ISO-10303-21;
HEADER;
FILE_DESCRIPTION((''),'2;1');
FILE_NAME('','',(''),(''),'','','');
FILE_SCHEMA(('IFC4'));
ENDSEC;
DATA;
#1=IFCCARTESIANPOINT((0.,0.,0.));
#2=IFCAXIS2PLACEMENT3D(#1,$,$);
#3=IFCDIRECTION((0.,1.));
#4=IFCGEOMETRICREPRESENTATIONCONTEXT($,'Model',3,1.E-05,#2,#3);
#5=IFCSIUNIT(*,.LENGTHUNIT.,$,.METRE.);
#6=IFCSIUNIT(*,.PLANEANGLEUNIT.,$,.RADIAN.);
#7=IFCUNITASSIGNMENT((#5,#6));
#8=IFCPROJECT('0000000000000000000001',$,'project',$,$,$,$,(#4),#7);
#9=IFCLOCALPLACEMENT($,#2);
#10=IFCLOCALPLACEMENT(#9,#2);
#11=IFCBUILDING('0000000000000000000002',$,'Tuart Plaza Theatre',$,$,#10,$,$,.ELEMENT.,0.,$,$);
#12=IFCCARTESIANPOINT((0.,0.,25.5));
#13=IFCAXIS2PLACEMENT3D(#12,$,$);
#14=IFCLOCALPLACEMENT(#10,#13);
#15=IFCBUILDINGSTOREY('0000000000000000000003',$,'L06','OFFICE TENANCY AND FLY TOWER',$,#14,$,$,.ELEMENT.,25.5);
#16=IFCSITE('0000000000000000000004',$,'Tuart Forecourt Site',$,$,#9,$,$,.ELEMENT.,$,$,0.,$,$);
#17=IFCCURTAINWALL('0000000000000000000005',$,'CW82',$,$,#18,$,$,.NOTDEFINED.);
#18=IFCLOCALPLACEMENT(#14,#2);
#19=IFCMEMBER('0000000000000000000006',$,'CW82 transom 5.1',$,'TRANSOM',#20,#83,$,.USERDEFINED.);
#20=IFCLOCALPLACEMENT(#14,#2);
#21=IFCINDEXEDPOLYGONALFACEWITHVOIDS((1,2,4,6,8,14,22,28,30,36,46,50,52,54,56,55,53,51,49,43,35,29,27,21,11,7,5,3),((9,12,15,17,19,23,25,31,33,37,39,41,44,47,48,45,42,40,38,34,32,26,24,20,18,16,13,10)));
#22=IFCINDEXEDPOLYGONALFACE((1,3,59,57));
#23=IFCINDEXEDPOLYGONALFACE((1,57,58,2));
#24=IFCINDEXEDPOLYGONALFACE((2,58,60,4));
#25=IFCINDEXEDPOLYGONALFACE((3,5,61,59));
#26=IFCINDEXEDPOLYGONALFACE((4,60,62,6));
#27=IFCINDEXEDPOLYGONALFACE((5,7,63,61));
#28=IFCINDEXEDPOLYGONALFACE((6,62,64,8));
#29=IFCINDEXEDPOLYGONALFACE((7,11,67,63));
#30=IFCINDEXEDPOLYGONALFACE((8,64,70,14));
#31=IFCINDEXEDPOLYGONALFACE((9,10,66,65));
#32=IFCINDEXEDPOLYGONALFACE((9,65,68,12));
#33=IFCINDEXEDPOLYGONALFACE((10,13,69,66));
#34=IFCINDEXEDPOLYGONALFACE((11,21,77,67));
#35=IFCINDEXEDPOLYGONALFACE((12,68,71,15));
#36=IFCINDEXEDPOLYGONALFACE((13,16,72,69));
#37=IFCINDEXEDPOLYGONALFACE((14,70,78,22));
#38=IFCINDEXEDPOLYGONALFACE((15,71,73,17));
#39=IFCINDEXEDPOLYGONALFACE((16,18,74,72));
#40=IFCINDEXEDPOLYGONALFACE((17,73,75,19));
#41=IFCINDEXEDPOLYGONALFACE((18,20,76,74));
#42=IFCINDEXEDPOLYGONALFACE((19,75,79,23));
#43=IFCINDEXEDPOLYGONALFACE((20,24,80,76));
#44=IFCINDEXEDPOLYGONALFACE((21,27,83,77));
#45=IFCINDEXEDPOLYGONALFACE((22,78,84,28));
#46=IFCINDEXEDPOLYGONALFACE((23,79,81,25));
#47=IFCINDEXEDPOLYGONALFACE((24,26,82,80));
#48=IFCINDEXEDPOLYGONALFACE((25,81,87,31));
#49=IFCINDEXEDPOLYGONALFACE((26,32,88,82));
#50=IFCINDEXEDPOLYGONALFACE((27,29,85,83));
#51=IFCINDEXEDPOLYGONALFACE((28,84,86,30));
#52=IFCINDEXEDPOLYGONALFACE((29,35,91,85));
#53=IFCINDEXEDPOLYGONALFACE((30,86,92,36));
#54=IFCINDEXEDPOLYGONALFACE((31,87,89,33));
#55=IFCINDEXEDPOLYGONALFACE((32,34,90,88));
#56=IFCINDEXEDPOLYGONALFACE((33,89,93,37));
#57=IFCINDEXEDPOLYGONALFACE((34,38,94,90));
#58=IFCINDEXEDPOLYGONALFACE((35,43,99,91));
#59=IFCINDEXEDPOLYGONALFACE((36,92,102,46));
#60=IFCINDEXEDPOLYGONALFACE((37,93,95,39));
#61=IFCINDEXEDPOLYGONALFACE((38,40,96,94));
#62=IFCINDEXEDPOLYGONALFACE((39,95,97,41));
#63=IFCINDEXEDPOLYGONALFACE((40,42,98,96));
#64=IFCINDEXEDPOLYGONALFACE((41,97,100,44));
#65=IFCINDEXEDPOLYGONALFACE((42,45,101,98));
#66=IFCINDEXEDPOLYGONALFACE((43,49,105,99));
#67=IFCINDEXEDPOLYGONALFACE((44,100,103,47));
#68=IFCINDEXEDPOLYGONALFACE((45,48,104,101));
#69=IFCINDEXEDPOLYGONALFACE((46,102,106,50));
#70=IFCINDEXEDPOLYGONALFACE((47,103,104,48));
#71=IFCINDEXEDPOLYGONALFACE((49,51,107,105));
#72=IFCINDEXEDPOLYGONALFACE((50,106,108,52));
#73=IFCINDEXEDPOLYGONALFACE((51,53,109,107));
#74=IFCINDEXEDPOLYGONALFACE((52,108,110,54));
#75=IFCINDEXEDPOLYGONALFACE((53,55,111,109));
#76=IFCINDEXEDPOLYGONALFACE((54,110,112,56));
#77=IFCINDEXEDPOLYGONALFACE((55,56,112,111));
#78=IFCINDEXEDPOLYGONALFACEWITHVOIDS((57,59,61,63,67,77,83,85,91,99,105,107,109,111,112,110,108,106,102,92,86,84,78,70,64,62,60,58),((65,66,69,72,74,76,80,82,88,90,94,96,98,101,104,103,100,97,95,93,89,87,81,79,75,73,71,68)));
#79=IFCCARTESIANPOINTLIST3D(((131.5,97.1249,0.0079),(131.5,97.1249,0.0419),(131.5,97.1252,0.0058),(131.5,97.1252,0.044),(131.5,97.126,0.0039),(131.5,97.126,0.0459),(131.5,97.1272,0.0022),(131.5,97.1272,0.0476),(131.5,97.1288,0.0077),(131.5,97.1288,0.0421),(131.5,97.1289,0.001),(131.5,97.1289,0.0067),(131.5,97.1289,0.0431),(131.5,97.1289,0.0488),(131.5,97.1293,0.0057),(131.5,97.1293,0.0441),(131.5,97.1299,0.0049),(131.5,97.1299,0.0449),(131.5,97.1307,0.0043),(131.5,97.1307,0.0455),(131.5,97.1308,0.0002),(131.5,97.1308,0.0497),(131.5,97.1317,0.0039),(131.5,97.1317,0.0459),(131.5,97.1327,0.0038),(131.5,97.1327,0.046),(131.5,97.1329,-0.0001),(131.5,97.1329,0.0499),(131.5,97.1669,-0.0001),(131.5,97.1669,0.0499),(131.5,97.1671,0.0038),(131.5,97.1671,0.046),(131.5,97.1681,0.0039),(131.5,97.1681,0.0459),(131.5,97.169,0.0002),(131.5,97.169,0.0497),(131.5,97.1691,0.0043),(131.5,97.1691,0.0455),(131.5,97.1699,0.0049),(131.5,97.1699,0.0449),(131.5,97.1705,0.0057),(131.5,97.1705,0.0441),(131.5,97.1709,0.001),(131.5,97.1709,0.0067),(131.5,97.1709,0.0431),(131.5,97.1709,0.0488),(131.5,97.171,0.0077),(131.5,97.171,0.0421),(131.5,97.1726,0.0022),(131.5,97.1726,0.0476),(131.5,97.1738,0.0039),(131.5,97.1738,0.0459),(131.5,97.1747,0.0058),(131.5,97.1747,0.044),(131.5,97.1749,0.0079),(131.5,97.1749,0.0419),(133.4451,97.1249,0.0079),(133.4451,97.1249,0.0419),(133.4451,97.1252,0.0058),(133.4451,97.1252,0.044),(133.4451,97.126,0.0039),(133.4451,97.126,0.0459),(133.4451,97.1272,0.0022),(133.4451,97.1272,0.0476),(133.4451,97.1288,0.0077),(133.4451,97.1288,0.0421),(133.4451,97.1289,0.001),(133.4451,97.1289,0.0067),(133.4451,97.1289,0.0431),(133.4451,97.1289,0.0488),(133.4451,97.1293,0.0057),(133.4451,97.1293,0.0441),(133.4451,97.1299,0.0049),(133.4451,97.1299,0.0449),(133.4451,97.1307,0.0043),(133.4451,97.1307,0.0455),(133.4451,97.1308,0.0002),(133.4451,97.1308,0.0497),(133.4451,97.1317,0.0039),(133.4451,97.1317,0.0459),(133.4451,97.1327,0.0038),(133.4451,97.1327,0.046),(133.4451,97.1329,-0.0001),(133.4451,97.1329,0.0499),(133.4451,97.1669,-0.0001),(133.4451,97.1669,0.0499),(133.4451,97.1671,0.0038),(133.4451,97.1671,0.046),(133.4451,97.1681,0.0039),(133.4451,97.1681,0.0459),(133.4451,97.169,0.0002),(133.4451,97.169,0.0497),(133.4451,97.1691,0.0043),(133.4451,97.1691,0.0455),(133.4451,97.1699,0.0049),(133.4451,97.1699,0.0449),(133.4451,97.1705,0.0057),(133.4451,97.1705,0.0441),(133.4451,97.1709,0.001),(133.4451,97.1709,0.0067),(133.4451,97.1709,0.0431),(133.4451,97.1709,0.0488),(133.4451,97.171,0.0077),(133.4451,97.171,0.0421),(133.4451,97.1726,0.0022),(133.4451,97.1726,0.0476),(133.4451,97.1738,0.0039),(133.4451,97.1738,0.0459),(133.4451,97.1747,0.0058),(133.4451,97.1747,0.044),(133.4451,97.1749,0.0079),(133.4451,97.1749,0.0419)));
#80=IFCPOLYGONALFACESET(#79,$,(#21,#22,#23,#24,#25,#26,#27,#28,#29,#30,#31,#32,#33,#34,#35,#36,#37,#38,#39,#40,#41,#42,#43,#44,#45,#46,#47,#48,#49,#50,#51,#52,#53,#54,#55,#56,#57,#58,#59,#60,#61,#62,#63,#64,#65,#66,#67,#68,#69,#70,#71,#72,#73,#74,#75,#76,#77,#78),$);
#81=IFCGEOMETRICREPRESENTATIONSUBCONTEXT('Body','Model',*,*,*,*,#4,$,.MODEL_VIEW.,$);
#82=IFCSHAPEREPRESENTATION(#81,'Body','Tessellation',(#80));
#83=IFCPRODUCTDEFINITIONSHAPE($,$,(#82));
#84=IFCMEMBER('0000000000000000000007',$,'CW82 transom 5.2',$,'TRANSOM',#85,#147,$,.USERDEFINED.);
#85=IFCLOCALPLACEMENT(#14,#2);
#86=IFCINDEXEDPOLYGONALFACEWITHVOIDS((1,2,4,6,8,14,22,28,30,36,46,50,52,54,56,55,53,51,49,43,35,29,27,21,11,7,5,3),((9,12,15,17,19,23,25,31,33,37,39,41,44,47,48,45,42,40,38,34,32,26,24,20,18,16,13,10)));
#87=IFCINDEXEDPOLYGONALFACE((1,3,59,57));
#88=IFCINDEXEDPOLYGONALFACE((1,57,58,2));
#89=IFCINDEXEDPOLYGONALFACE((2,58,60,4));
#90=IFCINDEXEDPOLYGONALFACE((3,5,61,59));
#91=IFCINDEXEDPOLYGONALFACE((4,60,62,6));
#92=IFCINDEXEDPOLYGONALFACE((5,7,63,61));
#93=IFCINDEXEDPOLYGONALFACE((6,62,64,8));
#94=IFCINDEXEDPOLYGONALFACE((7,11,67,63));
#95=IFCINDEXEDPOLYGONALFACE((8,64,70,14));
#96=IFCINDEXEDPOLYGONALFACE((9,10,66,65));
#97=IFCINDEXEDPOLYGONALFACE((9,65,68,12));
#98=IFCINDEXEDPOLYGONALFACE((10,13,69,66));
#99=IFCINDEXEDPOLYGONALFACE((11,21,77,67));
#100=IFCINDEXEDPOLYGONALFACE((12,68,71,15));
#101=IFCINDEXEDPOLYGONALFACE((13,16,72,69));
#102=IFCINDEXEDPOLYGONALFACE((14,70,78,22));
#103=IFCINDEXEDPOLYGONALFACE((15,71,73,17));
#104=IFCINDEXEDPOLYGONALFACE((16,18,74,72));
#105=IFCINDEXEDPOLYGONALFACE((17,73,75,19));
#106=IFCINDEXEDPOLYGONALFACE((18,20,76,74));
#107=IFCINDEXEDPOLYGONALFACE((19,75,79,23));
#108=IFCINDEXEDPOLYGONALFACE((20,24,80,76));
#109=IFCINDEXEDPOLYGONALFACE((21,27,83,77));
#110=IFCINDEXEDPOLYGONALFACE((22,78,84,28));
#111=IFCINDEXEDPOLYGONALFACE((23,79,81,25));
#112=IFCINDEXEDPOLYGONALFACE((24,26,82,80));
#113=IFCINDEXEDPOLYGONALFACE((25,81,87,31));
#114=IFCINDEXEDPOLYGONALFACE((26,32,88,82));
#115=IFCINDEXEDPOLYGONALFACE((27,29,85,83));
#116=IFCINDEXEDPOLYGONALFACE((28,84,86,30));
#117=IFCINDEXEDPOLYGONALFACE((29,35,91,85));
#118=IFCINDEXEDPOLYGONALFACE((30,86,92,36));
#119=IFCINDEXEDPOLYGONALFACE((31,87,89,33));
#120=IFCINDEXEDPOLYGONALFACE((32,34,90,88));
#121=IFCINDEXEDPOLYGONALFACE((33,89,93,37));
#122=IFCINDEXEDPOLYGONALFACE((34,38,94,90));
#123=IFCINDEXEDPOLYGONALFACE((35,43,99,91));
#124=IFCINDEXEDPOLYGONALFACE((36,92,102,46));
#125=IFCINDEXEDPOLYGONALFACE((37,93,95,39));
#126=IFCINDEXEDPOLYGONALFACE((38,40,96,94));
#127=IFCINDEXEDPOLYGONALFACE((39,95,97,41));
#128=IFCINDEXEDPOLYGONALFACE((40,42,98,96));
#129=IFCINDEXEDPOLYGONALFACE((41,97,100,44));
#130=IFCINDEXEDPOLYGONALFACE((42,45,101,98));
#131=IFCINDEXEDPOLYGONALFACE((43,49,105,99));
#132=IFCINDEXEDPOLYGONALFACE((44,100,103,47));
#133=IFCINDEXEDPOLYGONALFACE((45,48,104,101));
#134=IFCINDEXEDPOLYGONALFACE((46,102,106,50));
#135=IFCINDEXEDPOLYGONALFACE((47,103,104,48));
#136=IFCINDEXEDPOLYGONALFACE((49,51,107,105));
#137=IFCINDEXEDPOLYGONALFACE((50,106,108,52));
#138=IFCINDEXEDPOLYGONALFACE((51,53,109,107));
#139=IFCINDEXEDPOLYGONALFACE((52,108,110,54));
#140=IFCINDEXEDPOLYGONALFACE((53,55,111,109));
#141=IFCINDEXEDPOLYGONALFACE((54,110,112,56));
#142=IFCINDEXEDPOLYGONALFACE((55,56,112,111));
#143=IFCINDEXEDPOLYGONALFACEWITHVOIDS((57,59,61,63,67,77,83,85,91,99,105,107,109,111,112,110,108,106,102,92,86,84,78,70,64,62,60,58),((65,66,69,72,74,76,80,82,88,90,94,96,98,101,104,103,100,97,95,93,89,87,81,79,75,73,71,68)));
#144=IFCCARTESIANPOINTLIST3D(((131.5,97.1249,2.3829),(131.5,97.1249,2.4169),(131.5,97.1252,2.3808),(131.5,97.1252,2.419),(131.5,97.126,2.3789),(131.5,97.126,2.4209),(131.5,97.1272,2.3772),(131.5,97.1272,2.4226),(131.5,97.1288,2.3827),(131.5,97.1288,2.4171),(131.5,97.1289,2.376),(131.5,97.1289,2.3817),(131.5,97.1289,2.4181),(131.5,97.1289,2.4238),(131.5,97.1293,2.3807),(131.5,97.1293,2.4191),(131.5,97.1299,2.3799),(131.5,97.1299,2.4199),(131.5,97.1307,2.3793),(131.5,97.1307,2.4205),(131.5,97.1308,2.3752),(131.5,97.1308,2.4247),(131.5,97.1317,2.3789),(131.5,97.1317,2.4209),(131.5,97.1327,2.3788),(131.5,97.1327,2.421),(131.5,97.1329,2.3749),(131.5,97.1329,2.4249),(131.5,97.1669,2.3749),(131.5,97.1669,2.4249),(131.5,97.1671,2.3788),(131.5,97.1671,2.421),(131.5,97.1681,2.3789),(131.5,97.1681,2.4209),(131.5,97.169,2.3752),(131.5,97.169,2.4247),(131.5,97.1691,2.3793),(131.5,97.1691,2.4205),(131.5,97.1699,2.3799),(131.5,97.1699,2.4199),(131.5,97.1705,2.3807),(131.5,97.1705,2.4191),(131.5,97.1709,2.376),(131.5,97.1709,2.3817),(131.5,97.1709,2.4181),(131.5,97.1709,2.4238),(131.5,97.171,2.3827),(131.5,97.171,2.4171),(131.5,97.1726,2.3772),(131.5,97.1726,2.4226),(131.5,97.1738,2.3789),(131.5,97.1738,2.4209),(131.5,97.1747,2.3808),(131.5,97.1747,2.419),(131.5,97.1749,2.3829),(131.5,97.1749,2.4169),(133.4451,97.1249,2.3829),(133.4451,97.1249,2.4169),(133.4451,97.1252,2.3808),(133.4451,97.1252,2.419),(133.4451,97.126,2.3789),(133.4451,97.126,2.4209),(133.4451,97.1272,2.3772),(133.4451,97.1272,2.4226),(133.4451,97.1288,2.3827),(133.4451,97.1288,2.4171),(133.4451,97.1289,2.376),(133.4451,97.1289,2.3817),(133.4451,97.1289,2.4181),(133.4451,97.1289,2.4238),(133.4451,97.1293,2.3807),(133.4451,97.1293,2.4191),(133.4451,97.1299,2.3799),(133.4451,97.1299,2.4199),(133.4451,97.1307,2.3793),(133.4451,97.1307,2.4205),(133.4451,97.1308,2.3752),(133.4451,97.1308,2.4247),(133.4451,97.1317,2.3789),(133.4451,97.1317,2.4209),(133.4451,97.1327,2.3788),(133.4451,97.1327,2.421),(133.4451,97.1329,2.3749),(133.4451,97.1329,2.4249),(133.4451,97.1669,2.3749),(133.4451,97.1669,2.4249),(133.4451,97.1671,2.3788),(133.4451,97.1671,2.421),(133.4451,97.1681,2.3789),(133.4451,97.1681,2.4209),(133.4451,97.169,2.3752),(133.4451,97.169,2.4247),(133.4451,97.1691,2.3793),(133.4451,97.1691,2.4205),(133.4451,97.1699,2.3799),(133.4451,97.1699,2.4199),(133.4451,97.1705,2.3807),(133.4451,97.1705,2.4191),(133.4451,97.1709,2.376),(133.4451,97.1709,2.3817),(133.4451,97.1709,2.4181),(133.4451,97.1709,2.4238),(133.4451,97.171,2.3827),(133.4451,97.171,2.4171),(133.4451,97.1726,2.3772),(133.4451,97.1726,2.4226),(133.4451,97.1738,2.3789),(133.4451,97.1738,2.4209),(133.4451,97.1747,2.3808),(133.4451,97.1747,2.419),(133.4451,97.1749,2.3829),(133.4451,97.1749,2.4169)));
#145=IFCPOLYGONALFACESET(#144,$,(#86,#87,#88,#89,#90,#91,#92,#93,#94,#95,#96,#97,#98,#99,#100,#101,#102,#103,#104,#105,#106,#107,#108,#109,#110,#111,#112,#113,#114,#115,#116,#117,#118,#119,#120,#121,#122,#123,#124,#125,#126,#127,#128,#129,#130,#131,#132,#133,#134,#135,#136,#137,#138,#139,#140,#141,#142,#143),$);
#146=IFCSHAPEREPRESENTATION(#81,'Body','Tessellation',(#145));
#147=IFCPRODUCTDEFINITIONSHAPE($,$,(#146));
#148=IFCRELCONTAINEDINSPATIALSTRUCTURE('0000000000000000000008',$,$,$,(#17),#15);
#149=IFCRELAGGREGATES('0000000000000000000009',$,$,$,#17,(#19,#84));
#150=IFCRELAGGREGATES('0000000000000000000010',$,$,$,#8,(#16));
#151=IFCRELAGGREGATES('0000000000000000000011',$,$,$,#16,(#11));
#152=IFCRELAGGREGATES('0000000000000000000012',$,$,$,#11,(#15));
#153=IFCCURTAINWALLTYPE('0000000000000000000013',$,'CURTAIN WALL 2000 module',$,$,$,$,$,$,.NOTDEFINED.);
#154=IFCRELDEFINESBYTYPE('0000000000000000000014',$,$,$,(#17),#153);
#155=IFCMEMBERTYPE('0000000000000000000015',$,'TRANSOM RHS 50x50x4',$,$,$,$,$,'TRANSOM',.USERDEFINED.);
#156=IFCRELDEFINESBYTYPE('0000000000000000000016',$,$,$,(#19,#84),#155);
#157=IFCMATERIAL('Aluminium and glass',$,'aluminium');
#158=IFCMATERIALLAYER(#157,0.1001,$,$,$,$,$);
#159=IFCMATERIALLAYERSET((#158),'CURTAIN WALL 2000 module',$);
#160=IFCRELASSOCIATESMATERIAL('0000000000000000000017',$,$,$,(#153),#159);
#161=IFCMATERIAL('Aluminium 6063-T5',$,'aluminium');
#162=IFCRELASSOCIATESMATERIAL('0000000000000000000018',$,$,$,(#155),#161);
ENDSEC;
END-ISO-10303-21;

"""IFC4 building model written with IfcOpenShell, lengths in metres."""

from ifc_helpers import new_model, si_unit, direction, frame, origin, origin_2d, place, context, subcontext, project, spatial, hollow_rectangle, extrude, material, layer, layer_set, material_profile, profile_set, type_object, element, aggregate, save


model = new_model("IFC4")

# Units and contexts
model_context = context("Model", 3, precision=1e-05, world=origin(), true_north=direction((0.0, 1.0)))
body_context = subcontext(model_context, "Body", "Model", "MODEL_VIEW")
ifc_project = project(units=[si_unit("LENGTHUNIT", "METRE"), si_unit("PLANEANGLEUNIT", "RADIAN")], contexts=[model_context])

# Site, building, storey
site_placement = place(None, origin())
site = spatial("IfcSite", under=ifc_project, at=site_placement, Name="Tuart Forecourt Site", CompositionType="ELEMENT", RefElevation=0.0)
building_placement = place(site_placement, origin())
building = spatial("IfcBuilding", under=site, at=building_placement, Name="Tuart Plaza Theatre", CompositionType="ELEMENT", ElevationOfRefHeight=0.0)
storey_placement = place(building_placement, frame((0.0, 0.0, 25.5)))
storey = spatial("IfcBuildingStorey", under=building, at=storey_placement, Name="L06", Description="OFFICE TENANCY AND FLY TOWER", CompositionType="ELEMENT", Elevation=25.5)

# Curtain wall, members
ifc_material_1 = material(Name="Aluminium and glass", Category="aluminium")
ifc_layer_1 = layer(ifc_material_1, 0.1001)
ifc_layer_set_1 = layer_set([ifc_layer_1], Name="CURTAIN WALL 2000 module")
curtain_wall_type = type_object("IfcCurtainWallType", Name="CURTAIN WALL 2000 module", PredefinedType="NOTDEFINED", material=ifc_layer_set_1)
curtain_wall_placement = place(storey_placement, origin())
curtain_wall = element("IfcCurtainWall", 1, at=curtain_wall_placement, inside=storey, type_object=curtain_wall_type, Name="CW82", PredefinedType="NOTDEFINED")
ifc_material_2 = material(Name="Aluminium 6063-T5", Category="aluminium")
ifc_material_profile_1 = material_profile(ifc_material_2, hollow_rectangle(XDim=0.05, YDim=0.05, WallThickness=0.0039, InnerFilletRadius=0.0039, OuterFilletRadius=0.0081, at=origin_2d()), Name="RHS 50x50x4")
ifc_profile_set_1 = profile_set([ifc_material_profile_1], Name="Aluminium 6063-T5")
member_type_1 = type_object("IfcMemberType", Name="TRANSOM RHS 50x50x4", ElementType="TRANSOM", PredefinedType="USERDEFINED", material=ifc_profile_set_1)
member_1_placement = place(storey_placement, frame((133.4451, 97.1499, 0.0249), z_axis=(-1.0, 0.0, 0.0), x_axis=(0.0, -1.0, 0.0)))
member_1 = element("IfcMember", 2, at=member_1_placement, type_object=member_type_1, Name="CW82 transom 5.1", ObjectType="TRANSOM", PredefinedType="USERDEFINED", context=body_context, shape_type="SweptSolid", body=[
    extrude(hollow_rectangle(XDim=0.05, YDim=0.05, WallThickness=0.0039, InnerFilletRadius=0.0039, OuterFilletRadius=0.0081, at=origin_2d()), origin(), (0.0, 0.0, 1.0), 1.9451),
])
member_2_placement = place(storey_placement, frame((133.4451, 97.1499, 2.3999), z_axis=(-1.0, 0.0, 0.0), x_axis=(0.0, -1.0, 0.0)))
member_2 = element("IfcMember", 3, at=member_2_placement, type_object=member_type_1, Name="CW82 transom 5.2", ObjectType="TRANSOM", PredefinedType="USERDEFINED", context=body_context, shape_type="SweptSolid", body=[
    extrude(hollow_rectangle(XDim=0.05, YDim=0.05, WallThickness=0.0039, InnerFilletRadius=0.0039, OuterFilletRadius=0.0081, at=origin_2d()), origin(), (0.0, 0.0, 1.0), 1.9451),
])
aggregate(curtain_wall, [member_1, member_2])

save(model, "model.ifc")
